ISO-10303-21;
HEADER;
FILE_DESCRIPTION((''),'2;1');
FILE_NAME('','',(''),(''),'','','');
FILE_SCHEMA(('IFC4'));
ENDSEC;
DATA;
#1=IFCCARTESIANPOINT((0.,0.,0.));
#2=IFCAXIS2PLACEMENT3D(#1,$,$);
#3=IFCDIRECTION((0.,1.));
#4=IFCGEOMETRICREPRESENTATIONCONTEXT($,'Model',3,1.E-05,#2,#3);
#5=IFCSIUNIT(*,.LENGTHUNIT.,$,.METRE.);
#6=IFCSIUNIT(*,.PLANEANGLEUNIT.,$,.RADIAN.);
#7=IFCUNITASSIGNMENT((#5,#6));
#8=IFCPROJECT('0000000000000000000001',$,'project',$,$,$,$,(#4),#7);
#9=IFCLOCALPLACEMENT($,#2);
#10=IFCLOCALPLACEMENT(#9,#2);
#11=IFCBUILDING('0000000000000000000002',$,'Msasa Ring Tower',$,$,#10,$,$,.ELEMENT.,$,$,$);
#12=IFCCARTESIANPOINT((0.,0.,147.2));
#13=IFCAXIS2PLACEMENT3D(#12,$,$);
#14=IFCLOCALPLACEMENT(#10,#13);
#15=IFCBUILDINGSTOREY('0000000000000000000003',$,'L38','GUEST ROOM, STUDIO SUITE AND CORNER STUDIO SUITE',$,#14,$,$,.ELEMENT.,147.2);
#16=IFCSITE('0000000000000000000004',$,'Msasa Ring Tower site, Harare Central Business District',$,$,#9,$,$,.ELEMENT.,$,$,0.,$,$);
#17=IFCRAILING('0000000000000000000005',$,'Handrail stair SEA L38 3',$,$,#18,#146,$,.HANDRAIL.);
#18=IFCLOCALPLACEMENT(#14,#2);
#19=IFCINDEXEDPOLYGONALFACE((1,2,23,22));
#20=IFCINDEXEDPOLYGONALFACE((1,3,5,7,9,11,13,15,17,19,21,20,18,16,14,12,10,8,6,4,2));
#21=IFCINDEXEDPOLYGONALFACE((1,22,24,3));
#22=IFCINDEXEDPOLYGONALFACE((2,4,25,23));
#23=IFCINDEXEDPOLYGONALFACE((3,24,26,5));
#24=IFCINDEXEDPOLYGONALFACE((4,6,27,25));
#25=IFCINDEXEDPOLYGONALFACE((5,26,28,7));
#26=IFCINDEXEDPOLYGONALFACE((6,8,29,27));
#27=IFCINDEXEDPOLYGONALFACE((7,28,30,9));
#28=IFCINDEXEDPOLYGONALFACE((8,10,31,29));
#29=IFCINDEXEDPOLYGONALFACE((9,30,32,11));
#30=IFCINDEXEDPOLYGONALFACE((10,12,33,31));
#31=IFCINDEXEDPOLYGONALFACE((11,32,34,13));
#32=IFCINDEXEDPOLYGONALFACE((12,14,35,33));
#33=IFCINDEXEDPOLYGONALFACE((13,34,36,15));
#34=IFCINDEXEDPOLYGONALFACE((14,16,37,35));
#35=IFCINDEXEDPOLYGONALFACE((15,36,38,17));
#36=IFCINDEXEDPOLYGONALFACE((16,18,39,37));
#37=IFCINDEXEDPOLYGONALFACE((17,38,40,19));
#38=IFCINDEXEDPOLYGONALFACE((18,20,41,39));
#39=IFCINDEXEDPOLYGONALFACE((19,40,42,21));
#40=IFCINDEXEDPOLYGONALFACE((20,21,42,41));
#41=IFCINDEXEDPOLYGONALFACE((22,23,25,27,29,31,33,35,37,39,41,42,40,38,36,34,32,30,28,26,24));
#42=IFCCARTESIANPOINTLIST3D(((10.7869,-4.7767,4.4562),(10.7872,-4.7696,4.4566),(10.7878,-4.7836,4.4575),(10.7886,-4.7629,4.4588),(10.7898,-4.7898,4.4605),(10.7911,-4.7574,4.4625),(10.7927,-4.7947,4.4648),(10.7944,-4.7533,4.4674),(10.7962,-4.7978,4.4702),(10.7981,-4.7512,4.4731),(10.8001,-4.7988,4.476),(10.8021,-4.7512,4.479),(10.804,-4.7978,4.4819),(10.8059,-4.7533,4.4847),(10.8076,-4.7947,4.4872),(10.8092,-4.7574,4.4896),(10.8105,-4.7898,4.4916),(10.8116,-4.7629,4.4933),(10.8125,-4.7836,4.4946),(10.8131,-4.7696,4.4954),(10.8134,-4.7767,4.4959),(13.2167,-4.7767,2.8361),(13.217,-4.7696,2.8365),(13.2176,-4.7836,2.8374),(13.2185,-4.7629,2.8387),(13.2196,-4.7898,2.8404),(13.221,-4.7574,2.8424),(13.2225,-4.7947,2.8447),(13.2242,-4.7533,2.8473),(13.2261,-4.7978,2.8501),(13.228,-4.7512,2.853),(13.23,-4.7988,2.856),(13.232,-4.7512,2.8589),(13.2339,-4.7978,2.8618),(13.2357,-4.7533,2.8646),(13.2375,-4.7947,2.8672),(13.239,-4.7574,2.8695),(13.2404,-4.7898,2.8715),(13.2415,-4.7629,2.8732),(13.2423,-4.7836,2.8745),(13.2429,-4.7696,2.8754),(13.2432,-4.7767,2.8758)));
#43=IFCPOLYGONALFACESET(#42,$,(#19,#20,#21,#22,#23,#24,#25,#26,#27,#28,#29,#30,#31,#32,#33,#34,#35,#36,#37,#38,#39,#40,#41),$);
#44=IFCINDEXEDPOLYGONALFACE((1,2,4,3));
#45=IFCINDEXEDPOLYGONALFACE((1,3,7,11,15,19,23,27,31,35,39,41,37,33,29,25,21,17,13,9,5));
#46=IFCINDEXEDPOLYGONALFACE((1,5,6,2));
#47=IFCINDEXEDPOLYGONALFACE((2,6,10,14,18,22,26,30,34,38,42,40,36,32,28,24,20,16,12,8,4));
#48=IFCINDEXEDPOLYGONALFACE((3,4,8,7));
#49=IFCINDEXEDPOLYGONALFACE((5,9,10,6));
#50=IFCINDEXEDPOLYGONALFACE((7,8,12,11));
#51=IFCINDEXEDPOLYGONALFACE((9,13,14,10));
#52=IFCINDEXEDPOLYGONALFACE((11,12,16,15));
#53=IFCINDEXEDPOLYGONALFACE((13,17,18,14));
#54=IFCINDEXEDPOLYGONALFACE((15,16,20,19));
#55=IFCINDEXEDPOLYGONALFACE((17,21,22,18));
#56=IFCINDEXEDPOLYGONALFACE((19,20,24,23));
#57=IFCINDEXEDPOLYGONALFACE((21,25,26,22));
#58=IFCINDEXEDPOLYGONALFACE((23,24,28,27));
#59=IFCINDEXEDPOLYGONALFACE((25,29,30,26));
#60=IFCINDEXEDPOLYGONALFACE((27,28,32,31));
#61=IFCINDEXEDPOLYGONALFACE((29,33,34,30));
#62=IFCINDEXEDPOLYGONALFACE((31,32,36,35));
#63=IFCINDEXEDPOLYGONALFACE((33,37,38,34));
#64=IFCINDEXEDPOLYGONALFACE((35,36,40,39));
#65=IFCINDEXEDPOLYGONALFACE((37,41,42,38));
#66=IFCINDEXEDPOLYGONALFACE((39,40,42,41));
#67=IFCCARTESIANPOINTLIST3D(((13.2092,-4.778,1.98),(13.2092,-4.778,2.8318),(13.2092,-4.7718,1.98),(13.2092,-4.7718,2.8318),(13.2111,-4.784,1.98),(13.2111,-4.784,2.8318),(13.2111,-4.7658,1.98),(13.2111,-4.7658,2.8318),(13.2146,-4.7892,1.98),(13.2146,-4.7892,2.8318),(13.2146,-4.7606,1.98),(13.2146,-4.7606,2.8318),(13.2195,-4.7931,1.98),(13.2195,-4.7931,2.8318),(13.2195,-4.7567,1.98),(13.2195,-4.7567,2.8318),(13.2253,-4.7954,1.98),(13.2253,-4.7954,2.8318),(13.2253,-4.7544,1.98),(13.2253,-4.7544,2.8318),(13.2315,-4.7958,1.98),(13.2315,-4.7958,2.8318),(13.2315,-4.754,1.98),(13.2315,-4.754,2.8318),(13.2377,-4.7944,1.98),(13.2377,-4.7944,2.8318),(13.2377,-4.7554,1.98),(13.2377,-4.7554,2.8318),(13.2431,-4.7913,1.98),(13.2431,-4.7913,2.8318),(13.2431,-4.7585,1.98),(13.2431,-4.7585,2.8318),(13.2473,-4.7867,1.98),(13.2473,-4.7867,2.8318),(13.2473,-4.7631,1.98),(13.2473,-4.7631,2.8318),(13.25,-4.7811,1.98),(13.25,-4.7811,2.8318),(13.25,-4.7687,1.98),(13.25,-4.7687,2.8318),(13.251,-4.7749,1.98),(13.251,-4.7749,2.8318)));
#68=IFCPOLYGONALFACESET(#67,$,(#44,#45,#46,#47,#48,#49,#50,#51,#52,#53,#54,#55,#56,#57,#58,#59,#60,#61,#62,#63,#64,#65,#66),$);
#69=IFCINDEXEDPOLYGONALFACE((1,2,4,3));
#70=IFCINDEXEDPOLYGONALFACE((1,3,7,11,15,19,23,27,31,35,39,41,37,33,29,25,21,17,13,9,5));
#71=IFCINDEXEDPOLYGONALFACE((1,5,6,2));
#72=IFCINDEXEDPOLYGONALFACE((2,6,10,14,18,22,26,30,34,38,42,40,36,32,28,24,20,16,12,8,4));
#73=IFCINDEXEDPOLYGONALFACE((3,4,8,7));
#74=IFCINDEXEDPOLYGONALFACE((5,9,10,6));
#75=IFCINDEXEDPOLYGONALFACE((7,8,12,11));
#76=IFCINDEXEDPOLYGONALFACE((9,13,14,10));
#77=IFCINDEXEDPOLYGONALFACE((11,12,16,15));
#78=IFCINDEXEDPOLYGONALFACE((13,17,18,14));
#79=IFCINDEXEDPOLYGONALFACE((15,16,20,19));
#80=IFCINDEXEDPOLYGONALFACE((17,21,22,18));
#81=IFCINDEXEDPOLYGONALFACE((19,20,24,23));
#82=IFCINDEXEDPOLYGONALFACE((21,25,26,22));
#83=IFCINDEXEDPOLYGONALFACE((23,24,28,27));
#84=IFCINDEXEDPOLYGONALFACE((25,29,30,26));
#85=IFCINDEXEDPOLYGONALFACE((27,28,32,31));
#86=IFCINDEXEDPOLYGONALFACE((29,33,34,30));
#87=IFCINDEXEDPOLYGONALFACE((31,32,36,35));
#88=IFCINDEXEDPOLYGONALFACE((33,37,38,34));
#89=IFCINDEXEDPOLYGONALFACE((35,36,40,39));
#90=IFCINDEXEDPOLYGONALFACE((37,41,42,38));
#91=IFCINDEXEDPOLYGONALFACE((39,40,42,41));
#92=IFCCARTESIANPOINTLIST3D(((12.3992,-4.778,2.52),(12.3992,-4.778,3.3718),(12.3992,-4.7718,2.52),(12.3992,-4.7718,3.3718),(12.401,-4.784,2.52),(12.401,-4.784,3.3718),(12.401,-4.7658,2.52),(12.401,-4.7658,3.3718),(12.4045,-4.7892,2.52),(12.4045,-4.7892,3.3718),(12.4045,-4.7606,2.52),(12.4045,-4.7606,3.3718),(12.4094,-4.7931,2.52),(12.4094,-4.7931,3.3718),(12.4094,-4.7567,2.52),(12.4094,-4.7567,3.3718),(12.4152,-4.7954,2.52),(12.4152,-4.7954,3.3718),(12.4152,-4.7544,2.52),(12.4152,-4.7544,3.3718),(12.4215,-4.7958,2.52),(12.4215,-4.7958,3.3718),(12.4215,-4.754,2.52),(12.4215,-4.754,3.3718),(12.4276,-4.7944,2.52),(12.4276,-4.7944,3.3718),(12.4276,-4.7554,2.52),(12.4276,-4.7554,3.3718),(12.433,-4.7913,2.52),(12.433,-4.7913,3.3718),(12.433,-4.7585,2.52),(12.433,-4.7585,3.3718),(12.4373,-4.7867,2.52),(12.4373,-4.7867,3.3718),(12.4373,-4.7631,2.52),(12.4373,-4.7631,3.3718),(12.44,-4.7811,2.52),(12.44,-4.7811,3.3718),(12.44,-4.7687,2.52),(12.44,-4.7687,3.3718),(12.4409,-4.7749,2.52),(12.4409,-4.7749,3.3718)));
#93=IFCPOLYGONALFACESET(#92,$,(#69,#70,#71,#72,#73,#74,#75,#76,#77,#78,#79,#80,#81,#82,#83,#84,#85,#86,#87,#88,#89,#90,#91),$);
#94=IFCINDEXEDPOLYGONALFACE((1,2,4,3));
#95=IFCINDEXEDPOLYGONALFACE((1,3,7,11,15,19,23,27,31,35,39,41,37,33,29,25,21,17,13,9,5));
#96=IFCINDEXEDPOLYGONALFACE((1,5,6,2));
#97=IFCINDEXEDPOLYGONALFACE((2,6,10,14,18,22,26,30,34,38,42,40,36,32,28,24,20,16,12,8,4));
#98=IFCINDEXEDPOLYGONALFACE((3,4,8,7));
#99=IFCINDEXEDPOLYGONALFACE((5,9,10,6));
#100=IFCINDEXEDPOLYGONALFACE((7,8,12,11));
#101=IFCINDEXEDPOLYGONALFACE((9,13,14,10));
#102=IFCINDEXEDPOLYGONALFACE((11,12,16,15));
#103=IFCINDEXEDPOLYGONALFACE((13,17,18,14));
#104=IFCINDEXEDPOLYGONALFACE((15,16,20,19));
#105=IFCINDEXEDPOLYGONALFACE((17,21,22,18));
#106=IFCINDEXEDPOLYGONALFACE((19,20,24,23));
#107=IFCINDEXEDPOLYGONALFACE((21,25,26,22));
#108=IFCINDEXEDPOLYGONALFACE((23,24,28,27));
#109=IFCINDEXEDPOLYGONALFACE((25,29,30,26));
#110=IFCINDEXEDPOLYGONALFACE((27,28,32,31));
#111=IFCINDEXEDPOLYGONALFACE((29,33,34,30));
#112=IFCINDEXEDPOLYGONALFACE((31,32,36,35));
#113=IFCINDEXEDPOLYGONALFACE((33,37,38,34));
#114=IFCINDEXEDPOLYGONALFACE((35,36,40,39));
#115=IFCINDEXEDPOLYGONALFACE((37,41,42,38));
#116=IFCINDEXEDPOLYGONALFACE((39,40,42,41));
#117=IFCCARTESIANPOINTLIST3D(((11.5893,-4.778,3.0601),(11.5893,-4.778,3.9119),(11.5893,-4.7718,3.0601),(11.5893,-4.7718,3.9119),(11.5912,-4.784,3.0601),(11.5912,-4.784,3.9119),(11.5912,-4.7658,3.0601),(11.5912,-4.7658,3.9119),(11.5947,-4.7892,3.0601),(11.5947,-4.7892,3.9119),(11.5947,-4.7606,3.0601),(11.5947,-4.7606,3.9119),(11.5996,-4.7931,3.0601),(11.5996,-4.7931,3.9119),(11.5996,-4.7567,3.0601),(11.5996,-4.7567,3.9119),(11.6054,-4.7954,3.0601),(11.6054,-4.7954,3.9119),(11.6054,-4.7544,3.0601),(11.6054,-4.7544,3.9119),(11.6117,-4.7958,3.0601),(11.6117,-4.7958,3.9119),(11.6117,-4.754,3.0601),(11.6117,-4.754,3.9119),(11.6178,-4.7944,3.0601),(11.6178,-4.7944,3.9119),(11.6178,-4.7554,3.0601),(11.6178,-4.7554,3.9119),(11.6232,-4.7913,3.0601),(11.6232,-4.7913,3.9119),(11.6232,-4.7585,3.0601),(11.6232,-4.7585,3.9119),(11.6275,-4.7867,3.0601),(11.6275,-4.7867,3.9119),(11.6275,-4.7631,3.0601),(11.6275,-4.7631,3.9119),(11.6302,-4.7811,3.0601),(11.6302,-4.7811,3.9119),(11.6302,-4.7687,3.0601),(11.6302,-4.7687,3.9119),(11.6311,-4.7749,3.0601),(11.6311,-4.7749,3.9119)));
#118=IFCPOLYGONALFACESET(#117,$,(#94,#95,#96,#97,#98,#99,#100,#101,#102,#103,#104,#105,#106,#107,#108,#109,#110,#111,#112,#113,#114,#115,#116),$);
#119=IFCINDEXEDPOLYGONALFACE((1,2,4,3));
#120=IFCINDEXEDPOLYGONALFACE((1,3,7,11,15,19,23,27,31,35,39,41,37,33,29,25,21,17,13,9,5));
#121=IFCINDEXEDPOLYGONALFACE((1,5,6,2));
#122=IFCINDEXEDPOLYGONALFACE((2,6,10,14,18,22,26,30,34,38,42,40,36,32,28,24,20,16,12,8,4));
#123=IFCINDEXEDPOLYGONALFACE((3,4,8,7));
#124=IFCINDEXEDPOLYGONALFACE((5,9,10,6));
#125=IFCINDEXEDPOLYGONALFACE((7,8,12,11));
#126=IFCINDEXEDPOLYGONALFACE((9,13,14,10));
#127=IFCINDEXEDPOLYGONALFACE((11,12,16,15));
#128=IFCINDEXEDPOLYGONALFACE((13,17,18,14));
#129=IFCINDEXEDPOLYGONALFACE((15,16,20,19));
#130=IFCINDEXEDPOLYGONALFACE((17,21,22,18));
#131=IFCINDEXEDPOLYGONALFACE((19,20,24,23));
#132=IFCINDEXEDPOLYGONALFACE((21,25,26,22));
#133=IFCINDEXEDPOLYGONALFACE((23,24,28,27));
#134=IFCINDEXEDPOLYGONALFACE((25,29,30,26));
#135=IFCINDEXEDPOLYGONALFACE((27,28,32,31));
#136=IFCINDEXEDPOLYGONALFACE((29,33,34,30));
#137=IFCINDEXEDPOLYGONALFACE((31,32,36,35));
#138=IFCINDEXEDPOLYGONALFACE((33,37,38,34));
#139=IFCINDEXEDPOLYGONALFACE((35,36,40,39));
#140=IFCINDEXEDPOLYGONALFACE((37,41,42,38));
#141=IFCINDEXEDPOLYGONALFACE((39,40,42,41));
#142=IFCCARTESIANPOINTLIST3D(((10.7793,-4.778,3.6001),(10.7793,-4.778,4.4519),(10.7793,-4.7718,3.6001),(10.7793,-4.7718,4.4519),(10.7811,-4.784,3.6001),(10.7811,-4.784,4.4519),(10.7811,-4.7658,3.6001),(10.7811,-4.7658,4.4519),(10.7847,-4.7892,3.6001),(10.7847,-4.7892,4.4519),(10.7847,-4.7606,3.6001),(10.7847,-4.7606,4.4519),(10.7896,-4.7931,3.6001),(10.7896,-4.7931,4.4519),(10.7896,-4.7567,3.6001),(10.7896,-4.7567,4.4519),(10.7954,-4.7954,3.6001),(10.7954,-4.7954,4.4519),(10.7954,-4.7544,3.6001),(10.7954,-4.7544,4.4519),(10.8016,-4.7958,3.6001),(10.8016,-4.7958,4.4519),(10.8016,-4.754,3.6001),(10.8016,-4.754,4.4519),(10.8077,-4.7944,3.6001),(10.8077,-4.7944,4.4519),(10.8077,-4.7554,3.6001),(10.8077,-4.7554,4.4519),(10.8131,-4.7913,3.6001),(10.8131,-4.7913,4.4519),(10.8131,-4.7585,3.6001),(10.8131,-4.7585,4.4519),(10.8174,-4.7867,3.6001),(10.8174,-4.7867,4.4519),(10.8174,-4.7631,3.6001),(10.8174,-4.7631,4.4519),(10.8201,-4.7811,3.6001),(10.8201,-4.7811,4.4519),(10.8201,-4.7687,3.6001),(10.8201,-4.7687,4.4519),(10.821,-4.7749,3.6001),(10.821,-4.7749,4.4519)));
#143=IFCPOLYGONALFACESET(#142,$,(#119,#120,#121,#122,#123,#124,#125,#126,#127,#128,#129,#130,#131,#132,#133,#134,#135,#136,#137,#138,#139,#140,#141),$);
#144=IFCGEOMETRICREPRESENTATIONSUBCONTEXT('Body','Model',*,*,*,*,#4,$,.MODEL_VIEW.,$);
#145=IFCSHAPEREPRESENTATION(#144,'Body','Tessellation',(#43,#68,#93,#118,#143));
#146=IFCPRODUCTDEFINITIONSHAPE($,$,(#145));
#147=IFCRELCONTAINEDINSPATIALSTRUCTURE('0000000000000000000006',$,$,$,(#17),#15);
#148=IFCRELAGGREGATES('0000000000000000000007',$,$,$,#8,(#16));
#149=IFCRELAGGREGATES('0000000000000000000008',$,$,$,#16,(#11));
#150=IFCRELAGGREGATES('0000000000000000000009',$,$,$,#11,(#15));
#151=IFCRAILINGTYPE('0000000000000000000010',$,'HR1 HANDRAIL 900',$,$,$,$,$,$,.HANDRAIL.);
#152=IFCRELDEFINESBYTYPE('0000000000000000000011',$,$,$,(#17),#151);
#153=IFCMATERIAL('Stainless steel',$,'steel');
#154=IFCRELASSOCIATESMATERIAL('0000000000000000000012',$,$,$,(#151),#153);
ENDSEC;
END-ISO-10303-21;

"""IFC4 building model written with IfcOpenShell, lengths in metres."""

from ifc_helpers import new_model, si_unit, direction, frame, origin, origin_2d, place, context, subcontext, project, spatial, circle, extrude, material, type_object, element, save


model = new_model("IFC4")

# Units and contexts
model_context = context("Model", 3, precision=1e-05, world=origin(), true_north=direction((0.0, 1.0)))
body_context = subcontext(model_context, "Body", "Model", "MODEL_VIEW")
ifc_project = project(units=[si_unit("LENGTHUNIT", "METRE"), si_unit("PLANEANGLEUNIT", "RADIAN")], contexts=[model_context])

# Site, building, storey
site_placement = place(None, origin())
site = spatial("IfcSite", under=ifc_project, at=site_placement, Name="Msasa Ring Tower site, Harare Central Business District", CompositionType="ELEMENT", RefElevation=0.0)
building_placement = place(site_placement, origin())
building = spatial("IfcBuilding", under=site, at=building_placement, Name="Msasa Ring Tower", CompositionType="ELEMENT")
storey_placement = place(building_placement, frame((0.0, 0.0, 147.2)))
storey = spatial("IfcBuildingStorey", under=building, at=storey_placement, Name="L38", Description="GUEST ROOM, STUDIO SUITE AND CORNER STUDIO SUITE", CompositionType="ELEMENT", Elevation=147.2)

# Railing
ifc_material_1 = material(Name="Stainless steel", Category="steel")
railing_type = type_object("IfcRailingType", Name="HR1 HANDRAIL 900", PredefinedType="HANDRAIL", material=ifc_material_1)
for number, where, name in (
    (1, (13.23, -4.7749, 1.98), "Handrail stair SEA L38 3"),
):
    element("IfcRailing", number, at=place(storey_placement, frame(where)), inside=storey, type_object=railing_type, Name=name, PredefinedType="HANDRAIL", context=body_context, shape_type="SweptSolid", body=[
        extrude(circle(Radius=0.0239, at=origin_2d()), frame((0.0, 0.0, 0.876), z_axis=(-0.832025, 0.0, 0.554739), x_axis=(0.0, -1.0, 0.0)), (0.0, 0.0, 1.0), 2.9204),
        extrude(circle(Radius=0.021, at=origin_2d()), origin(), (0.0, 0.0, 1.0), 0.8518),
        extrude(circle(Radius=0.021, at=origin_2d()), frame((-0.8101, 0.0, 0.54)), (0.0, 0.0, 1.0), 0.8518),
        extrude(circle(Radius=0.021, at=origin_2d()), frame((-1.6199, 0.0, 1.0801)), (0.0, 0.0, 1.0), 0.8518),
        extrude(circle(Radius=0.021, at=origin_2d()), frame((-2.4299, 0.0, 1.6201)), (0.0, 0.0, 1.0), 0.8518),
    ])

save(model, "model.ifc")
